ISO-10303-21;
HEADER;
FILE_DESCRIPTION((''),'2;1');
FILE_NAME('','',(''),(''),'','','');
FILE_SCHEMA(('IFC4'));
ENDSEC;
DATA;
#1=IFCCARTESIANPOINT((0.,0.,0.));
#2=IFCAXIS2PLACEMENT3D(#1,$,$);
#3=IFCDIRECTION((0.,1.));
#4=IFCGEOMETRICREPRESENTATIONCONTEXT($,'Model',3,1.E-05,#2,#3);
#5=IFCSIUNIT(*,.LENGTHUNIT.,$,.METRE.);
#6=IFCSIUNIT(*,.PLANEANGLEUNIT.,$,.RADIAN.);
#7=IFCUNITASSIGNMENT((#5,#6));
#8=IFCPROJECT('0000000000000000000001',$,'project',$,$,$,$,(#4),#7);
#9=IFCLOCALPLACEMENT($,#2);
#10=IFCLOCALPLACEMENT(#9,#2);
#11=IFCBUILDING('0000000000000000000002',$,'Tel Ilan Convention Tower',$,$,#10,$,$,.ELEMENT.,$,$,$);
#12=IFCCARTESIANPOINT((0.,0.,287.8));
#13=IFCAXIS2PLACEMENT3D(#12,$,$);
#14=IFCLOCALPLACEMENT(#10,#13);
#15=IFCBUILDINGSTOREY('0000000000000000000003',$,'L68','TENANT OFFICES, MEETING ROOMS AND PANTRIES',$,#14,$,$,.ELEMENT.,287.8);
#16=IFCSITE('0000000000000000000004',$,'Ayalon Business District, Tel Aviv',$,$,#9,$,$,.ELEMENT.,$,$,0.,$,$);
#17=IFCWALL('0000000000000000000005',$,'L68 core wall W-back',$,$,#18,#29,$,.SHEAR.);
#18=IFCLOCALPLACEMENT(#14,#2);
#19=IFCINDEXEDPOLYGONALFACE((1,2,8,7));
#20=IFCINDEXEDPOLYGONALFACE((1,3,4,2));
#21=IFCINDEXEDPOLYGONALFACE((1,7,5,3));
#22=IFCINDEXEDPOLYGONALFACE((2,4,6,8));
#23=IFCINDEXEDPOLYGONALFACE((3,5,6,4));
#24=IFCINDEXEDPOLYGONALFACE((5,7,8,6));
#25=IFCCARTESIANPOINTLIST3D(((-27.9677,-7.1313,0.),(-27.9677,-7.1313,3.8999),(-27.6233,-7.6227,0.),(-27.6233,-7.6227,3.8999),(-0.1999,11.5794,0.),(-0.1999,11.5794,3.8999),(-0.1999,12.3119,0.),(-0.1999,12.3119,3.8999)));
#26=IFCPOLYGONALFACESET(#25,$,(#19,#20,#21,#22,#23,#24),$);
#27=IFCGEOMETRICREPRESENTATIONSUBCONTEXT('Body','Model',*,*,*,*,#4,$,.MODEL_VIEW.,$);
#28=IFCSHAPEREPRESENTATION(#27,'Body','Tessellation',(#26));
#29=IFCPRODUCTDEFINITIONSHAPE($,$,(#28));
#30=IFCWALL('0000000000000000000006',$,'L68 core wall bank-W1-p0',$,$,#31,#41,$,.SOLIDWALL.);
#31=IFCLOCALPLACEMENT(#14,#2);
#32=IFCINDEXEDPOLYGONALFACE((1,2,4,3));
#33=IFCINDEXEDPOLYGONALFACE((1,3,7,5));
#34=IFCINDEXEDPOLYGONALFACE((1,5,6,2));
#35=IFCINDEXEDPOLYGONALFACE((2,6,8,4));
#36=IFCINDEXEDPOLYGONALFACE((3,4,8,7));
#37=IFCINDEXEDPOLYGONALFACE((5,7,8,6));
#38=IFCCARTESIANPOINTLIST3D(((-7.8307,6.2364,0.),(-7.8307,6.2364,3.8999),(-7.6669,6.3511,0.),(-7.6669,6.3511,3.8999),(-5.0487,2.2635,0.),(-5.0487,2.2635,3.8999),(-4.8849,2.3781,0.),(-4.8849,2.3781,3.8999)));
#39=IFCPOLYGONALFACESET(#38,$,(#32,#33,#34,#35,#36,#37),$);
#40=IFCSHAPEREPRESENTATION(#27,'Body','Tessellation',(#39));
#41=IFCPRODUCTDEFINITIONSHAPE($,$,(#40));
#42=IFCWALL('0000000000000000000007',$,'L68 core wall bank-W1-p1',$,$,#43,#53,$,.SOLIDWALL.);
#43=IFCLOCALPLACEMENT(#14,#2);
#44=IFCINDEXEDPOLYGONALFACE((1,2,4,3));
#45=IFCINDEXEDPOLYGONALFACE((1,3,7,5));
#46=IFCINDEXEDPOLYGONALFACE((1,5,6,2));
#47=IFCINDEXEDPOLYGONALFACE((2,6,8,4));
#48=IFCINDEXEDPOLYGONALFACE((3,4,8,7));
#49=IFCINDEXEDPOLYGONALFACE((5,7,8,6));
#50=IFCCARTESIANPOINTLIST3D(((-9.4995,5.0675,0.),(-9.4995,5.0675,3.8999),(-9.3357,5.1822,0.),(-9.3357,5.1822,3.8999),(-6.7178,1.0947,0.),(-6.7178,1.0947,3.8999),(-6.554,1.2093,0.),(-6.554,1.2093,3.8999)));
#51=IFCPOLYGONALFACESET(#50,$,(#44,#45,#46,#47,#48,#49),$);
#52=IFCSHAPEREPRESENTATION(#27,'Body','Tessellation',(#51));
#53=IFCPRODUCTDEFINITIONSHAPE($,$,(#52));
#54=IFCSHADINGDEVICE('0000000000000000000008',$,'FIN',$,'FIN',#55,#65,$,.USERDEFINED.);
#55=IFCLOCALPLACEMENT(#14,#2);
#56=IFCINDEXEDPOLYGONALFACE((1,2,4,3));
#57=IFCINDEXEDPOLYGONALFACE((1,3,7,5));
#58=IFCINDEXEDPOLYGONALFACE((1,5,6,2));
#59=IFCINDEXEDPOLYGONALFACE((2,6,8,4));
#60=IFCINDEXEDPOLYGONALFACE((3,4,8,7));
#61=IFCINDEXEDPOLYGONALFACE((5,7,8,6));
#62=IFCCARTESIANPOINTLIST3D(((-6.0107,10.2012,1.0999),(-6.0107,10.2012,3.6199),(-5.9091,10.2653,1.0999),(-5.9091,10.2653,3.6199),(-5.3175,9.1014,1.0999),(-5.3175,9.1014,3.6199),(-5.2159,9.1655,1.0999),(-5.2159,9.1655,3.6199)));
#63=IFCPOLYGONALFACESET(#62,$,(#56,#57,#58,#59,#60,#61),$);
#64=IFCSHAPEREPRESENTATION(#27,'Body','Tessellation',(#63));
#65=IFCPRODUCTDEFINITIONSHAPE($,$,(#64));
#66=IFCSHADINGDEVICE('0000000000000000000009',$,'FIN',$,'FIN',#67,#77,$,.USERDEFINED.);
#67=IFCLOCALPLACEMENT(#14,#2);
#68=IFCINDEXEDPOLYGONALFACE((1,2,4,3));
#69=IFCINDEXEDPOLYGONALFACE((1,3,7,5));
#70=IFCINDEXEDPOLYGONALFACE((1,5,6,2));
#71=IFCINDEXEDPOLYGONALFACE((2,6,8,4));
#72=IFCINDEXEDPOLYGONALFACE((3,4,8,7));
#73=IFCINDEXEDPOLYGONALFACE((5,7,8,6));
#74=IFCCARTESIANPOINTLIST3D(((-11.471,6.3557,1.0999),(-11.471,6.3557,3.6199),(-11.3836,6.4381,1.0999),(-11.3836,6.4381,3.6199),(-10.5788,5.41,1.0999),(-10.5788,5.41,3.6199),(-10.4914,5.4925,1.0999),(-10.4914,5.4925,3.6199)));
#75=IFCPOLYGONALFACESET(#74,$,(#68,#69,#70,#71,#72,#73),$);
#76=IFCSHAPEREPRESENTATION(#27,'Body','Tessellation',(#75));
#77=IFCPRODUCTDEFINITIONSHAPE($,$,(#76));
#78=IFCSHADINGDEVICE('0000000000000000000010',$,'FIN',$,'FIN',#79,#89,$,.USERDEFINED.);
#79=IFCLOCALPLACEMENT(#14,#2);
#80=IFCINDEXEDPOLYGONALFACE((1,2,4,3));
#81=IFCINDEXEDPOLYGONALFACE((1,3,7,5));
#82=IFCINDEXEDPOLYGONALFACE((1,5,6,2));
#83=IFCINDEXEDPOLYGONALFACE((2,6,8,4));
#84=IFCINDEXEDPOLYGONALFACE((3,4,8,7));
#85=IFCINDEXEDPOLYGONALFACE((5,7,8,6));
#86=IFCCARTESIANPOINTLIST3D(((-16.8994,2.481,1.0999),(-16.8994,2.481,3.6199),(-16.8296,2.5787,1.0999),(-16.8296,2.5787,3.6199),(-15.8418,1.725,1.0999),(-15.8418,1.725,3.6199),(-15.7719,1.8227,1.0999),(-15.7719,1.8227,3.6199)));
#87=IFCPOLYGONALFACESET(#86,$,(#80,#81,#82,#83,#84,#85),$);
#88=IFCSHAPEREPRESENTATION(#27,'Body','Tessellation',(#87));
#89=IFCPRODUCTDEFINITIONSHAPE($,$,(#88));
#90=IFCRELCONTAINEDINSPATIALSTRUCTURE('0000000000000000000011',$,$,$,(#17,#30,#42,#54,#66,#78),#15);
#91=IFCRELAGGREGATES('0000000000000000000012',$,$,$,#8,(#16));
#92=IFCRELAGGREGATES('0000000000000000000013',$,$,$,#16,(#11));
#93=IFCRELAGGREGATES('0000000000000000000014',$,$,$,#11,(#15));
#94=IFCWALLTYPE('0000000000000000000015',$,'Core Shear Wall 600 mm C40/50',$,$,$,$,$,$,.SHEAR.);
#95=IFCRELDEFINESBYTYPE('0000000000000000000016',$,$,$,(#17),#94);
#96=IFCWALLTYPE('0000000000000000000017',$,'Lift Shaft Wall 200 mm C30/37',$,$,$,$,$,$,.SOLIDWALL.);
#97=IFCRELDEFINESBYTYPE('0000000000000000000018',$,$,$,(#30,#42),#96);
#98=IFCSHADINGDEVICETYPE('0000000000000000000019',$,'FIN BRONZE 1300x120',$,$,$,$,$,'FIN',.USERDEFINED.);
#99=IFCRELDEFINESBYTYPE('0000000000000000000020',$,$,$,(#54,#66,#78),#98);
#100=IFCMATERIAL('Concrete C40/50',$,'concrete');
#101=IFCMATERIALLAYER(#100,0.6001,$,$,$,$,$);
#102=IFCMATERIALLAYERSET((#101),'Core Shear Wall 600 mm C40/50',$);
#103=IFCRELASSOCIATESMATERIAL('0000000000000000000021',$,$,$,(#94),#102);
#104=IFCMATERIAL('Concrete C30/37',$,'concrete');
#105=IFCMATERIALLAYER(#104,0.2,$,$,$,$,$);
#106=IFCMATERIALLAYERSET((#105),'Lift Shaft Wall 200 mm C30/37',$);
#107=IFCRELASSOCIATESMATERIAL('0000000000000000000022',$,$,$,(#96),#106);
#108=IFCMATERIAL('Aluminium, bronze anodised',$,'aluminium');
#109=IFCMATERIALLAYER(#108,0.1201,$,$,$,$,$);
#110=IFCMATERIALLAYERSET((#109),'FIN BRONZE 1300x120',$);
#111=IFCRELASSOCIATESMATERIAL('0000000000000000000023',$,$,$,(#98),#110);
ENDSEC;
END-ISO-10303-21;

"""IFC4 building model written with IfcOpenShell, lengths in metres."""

from ifc_helpers import new_model, si_unit, direction, frame, frame_2d, origin, origin_2d, place, context, subcontext, project, spatial, polyline, rectangle, outline, extrude, material, layer, layer_set, type_object, element, save


model = new_model("IFC4")

# Units and contexts
model_context = context("Model", 3, precision=1e-05, world=origin(), true_north=direction((0.0, 1.0)))
body_context = subcontext(model_context, "Body", "Model", "MODEL_VIEW")
ifc_project = project(units=[si_unit("LENGTHUNIT", "METRE"), si_unit("PLANEANGLEUNIT", "RADIAN")], contexts=[model_context])

# Site, building, storey
site_placement = place(None, origin())
site = spatial("IfcSite", under=ifc_project, at=site_placement, Name="Ayalon Business District, Tel Aviv", CompositionType="ELEMENT", RefElevation=0.0)
building_placement = place(site_placement, origin())
building = spatial("IfcBuilding", under=site, at=building_placement, Name="Tel Ilan Convention Tower", CompositionType="ELEMENT")
storey_placement = place(building_placement, frame((0.0, 0.0, 287.8)))
storey = spatial("IfcBuildingStorey", under=building, at=storey_placement, Name="L68", Description="TENANT OFFICES, MEETING ROOMS AND PANTRIES", CompositionType="ELEMENT", Elevation=287.8)

# Walls
ifc_material_1 = material(Name="Concrete C40/50", Category="concrete")
ifc_layer_1 = layer(ifc_material_1, 0.6001)
ifc_layer_set_1 = layer_set([ifc_layer_1], Name="Core Shear Wall 600 mm C40/50")
wall_type_1 = type_object("IfcWallType", Name="Core Shear Wall 600 mm C40/50", PredefinedType="SHEAR", material=ifc_layer_set_1)
wall_1_placement = place(storey_placement, frame((-0.0278, 12.0662, 0.0), z_axis=(0.0, 0.0, 1.0), x_axis=(-0.819151, -0.573577, 0.0)))
element("IfcWall", 1, at=wall_1_placement, inside=storey, type_object=wall_type_1, Name="L68 core wall W-back", PredefinedType="SHEAR", context=body_context, shape_type="SweptSolid", body=[
    extrude(outline(polyline([(33.8979, 0.3), (0.4202, 0.3), (0.0, -0.3), (33.8982, -0.3), (33.8979, 0.3)])), origin(), (0.0, 0.0, 1.0), 3.8999),
])
ifc_material_2 = material(Name="Concrete C30/37", Category="concrete")
ifc_layer_2 = layer(ifc_material_2, 0.2)
ifc_layer_set_2 = layer_set([ifc_layer_2], Name="Lift Shaft Wall 200 mm C30/37")
wall_type_2 = type_object("IfcWallType", Name="Lift Shaft Wall 200 mm C30/37", PredefinedType="SOLIDWALL", material=ifc_layer_set_2)
wall_2_placement = place(storey_placement, frame((-4.9668, 2.3208, 0.0), z_axis=(0.0, 0.0, 1.0), x_axis=(-0.573594, 0.81914, 0.0)))
element("IfcWall", 2, at=wall_2_placement, inside=storey, type_object=wall_type_2, Name="L68 core wall bank-W1-p0", PredefinedType="SOLIDWALL", context=body_context, shape_type="SweptSolid", body=[
    extrude(rectangle(XDim=4.8501, YDim=0.2, at=frame_2d((2.425, 0.0))), origin(), (0.0, 0.0, 1.0), 3.8999),
])
wall_3_placement = place(storey_placement, frame((-6.636, 1.1521, 0.0), z_axis=(0.0, 0.0, 1.0), x_axis=(-0.57356, 0.819163, 0.0)))
element("IfcWall", 3, at=wall_3_placement, inside=storey, type_object=wall_type_2, Name="L68 core wall bank-W1-p1", PredefinedType="SOLIDWALL", context=body_context, shape_type="SweptSolid", body=[
    extrude(rectangle(XDim=4.8499, YDim=0.2, at=frame_2d((2.4248, 0.0))), origin(), (0.0, 0.0, 1.0), 3.8999),
])

# Shading devices
ifc_material_3 = material(Name="Aluminium, bronze anodised", Category="aluminium")
ifc_layer_3 = layer(ifc_material_3, 0.1201)
ifc_layer_set_3 = layer_set([ifc_layer_3], Name="FIN BRONZE 1300x120")
shading_device_type = type_object("IfcShadingDeviceType", Name="FIN BRONZE 1300x120", ElementType="FIN", PredefinedType="USERDEFINED", material=ifc_layer_set_3)
for number, where, z_axis, x_axis, name in (
    (4, (-5.6133, 9.6833, 1.0999), (0.0, 0.0, 1.0), (-0.533204, 0.845986, 0.0), "FIN"),
    (5, (-10.9812, 5.9241, 1.0999), (0.0, 0.0, 1.0), (-0.686242, 0.727374, 0.0), "FIN"),
    (6, (-16.3357, 2.1519, 1.0999), (0.0, 0.0, 1.0), (-0.813552, 0.581492, 0.0), "FIN"),
):
    element("IfcShadingDevice", number, at=place(storey_placement, frame(where, z_axis=z_axis, x_axis=x_axis)), inside=storey, type_object=shading_device_type, Name=name, ObjectType="FIN", PredefinedType="USERDEFINED", context=body_context, shape_type="SweptSolid", body=[
        extrude(rectangle(XDim=1.3, YDim=0.1201, at=origin_2d()), origin(), (0.0, 0.0, 1.0), 2.52),
    ])

save(model, "model.ifc")
